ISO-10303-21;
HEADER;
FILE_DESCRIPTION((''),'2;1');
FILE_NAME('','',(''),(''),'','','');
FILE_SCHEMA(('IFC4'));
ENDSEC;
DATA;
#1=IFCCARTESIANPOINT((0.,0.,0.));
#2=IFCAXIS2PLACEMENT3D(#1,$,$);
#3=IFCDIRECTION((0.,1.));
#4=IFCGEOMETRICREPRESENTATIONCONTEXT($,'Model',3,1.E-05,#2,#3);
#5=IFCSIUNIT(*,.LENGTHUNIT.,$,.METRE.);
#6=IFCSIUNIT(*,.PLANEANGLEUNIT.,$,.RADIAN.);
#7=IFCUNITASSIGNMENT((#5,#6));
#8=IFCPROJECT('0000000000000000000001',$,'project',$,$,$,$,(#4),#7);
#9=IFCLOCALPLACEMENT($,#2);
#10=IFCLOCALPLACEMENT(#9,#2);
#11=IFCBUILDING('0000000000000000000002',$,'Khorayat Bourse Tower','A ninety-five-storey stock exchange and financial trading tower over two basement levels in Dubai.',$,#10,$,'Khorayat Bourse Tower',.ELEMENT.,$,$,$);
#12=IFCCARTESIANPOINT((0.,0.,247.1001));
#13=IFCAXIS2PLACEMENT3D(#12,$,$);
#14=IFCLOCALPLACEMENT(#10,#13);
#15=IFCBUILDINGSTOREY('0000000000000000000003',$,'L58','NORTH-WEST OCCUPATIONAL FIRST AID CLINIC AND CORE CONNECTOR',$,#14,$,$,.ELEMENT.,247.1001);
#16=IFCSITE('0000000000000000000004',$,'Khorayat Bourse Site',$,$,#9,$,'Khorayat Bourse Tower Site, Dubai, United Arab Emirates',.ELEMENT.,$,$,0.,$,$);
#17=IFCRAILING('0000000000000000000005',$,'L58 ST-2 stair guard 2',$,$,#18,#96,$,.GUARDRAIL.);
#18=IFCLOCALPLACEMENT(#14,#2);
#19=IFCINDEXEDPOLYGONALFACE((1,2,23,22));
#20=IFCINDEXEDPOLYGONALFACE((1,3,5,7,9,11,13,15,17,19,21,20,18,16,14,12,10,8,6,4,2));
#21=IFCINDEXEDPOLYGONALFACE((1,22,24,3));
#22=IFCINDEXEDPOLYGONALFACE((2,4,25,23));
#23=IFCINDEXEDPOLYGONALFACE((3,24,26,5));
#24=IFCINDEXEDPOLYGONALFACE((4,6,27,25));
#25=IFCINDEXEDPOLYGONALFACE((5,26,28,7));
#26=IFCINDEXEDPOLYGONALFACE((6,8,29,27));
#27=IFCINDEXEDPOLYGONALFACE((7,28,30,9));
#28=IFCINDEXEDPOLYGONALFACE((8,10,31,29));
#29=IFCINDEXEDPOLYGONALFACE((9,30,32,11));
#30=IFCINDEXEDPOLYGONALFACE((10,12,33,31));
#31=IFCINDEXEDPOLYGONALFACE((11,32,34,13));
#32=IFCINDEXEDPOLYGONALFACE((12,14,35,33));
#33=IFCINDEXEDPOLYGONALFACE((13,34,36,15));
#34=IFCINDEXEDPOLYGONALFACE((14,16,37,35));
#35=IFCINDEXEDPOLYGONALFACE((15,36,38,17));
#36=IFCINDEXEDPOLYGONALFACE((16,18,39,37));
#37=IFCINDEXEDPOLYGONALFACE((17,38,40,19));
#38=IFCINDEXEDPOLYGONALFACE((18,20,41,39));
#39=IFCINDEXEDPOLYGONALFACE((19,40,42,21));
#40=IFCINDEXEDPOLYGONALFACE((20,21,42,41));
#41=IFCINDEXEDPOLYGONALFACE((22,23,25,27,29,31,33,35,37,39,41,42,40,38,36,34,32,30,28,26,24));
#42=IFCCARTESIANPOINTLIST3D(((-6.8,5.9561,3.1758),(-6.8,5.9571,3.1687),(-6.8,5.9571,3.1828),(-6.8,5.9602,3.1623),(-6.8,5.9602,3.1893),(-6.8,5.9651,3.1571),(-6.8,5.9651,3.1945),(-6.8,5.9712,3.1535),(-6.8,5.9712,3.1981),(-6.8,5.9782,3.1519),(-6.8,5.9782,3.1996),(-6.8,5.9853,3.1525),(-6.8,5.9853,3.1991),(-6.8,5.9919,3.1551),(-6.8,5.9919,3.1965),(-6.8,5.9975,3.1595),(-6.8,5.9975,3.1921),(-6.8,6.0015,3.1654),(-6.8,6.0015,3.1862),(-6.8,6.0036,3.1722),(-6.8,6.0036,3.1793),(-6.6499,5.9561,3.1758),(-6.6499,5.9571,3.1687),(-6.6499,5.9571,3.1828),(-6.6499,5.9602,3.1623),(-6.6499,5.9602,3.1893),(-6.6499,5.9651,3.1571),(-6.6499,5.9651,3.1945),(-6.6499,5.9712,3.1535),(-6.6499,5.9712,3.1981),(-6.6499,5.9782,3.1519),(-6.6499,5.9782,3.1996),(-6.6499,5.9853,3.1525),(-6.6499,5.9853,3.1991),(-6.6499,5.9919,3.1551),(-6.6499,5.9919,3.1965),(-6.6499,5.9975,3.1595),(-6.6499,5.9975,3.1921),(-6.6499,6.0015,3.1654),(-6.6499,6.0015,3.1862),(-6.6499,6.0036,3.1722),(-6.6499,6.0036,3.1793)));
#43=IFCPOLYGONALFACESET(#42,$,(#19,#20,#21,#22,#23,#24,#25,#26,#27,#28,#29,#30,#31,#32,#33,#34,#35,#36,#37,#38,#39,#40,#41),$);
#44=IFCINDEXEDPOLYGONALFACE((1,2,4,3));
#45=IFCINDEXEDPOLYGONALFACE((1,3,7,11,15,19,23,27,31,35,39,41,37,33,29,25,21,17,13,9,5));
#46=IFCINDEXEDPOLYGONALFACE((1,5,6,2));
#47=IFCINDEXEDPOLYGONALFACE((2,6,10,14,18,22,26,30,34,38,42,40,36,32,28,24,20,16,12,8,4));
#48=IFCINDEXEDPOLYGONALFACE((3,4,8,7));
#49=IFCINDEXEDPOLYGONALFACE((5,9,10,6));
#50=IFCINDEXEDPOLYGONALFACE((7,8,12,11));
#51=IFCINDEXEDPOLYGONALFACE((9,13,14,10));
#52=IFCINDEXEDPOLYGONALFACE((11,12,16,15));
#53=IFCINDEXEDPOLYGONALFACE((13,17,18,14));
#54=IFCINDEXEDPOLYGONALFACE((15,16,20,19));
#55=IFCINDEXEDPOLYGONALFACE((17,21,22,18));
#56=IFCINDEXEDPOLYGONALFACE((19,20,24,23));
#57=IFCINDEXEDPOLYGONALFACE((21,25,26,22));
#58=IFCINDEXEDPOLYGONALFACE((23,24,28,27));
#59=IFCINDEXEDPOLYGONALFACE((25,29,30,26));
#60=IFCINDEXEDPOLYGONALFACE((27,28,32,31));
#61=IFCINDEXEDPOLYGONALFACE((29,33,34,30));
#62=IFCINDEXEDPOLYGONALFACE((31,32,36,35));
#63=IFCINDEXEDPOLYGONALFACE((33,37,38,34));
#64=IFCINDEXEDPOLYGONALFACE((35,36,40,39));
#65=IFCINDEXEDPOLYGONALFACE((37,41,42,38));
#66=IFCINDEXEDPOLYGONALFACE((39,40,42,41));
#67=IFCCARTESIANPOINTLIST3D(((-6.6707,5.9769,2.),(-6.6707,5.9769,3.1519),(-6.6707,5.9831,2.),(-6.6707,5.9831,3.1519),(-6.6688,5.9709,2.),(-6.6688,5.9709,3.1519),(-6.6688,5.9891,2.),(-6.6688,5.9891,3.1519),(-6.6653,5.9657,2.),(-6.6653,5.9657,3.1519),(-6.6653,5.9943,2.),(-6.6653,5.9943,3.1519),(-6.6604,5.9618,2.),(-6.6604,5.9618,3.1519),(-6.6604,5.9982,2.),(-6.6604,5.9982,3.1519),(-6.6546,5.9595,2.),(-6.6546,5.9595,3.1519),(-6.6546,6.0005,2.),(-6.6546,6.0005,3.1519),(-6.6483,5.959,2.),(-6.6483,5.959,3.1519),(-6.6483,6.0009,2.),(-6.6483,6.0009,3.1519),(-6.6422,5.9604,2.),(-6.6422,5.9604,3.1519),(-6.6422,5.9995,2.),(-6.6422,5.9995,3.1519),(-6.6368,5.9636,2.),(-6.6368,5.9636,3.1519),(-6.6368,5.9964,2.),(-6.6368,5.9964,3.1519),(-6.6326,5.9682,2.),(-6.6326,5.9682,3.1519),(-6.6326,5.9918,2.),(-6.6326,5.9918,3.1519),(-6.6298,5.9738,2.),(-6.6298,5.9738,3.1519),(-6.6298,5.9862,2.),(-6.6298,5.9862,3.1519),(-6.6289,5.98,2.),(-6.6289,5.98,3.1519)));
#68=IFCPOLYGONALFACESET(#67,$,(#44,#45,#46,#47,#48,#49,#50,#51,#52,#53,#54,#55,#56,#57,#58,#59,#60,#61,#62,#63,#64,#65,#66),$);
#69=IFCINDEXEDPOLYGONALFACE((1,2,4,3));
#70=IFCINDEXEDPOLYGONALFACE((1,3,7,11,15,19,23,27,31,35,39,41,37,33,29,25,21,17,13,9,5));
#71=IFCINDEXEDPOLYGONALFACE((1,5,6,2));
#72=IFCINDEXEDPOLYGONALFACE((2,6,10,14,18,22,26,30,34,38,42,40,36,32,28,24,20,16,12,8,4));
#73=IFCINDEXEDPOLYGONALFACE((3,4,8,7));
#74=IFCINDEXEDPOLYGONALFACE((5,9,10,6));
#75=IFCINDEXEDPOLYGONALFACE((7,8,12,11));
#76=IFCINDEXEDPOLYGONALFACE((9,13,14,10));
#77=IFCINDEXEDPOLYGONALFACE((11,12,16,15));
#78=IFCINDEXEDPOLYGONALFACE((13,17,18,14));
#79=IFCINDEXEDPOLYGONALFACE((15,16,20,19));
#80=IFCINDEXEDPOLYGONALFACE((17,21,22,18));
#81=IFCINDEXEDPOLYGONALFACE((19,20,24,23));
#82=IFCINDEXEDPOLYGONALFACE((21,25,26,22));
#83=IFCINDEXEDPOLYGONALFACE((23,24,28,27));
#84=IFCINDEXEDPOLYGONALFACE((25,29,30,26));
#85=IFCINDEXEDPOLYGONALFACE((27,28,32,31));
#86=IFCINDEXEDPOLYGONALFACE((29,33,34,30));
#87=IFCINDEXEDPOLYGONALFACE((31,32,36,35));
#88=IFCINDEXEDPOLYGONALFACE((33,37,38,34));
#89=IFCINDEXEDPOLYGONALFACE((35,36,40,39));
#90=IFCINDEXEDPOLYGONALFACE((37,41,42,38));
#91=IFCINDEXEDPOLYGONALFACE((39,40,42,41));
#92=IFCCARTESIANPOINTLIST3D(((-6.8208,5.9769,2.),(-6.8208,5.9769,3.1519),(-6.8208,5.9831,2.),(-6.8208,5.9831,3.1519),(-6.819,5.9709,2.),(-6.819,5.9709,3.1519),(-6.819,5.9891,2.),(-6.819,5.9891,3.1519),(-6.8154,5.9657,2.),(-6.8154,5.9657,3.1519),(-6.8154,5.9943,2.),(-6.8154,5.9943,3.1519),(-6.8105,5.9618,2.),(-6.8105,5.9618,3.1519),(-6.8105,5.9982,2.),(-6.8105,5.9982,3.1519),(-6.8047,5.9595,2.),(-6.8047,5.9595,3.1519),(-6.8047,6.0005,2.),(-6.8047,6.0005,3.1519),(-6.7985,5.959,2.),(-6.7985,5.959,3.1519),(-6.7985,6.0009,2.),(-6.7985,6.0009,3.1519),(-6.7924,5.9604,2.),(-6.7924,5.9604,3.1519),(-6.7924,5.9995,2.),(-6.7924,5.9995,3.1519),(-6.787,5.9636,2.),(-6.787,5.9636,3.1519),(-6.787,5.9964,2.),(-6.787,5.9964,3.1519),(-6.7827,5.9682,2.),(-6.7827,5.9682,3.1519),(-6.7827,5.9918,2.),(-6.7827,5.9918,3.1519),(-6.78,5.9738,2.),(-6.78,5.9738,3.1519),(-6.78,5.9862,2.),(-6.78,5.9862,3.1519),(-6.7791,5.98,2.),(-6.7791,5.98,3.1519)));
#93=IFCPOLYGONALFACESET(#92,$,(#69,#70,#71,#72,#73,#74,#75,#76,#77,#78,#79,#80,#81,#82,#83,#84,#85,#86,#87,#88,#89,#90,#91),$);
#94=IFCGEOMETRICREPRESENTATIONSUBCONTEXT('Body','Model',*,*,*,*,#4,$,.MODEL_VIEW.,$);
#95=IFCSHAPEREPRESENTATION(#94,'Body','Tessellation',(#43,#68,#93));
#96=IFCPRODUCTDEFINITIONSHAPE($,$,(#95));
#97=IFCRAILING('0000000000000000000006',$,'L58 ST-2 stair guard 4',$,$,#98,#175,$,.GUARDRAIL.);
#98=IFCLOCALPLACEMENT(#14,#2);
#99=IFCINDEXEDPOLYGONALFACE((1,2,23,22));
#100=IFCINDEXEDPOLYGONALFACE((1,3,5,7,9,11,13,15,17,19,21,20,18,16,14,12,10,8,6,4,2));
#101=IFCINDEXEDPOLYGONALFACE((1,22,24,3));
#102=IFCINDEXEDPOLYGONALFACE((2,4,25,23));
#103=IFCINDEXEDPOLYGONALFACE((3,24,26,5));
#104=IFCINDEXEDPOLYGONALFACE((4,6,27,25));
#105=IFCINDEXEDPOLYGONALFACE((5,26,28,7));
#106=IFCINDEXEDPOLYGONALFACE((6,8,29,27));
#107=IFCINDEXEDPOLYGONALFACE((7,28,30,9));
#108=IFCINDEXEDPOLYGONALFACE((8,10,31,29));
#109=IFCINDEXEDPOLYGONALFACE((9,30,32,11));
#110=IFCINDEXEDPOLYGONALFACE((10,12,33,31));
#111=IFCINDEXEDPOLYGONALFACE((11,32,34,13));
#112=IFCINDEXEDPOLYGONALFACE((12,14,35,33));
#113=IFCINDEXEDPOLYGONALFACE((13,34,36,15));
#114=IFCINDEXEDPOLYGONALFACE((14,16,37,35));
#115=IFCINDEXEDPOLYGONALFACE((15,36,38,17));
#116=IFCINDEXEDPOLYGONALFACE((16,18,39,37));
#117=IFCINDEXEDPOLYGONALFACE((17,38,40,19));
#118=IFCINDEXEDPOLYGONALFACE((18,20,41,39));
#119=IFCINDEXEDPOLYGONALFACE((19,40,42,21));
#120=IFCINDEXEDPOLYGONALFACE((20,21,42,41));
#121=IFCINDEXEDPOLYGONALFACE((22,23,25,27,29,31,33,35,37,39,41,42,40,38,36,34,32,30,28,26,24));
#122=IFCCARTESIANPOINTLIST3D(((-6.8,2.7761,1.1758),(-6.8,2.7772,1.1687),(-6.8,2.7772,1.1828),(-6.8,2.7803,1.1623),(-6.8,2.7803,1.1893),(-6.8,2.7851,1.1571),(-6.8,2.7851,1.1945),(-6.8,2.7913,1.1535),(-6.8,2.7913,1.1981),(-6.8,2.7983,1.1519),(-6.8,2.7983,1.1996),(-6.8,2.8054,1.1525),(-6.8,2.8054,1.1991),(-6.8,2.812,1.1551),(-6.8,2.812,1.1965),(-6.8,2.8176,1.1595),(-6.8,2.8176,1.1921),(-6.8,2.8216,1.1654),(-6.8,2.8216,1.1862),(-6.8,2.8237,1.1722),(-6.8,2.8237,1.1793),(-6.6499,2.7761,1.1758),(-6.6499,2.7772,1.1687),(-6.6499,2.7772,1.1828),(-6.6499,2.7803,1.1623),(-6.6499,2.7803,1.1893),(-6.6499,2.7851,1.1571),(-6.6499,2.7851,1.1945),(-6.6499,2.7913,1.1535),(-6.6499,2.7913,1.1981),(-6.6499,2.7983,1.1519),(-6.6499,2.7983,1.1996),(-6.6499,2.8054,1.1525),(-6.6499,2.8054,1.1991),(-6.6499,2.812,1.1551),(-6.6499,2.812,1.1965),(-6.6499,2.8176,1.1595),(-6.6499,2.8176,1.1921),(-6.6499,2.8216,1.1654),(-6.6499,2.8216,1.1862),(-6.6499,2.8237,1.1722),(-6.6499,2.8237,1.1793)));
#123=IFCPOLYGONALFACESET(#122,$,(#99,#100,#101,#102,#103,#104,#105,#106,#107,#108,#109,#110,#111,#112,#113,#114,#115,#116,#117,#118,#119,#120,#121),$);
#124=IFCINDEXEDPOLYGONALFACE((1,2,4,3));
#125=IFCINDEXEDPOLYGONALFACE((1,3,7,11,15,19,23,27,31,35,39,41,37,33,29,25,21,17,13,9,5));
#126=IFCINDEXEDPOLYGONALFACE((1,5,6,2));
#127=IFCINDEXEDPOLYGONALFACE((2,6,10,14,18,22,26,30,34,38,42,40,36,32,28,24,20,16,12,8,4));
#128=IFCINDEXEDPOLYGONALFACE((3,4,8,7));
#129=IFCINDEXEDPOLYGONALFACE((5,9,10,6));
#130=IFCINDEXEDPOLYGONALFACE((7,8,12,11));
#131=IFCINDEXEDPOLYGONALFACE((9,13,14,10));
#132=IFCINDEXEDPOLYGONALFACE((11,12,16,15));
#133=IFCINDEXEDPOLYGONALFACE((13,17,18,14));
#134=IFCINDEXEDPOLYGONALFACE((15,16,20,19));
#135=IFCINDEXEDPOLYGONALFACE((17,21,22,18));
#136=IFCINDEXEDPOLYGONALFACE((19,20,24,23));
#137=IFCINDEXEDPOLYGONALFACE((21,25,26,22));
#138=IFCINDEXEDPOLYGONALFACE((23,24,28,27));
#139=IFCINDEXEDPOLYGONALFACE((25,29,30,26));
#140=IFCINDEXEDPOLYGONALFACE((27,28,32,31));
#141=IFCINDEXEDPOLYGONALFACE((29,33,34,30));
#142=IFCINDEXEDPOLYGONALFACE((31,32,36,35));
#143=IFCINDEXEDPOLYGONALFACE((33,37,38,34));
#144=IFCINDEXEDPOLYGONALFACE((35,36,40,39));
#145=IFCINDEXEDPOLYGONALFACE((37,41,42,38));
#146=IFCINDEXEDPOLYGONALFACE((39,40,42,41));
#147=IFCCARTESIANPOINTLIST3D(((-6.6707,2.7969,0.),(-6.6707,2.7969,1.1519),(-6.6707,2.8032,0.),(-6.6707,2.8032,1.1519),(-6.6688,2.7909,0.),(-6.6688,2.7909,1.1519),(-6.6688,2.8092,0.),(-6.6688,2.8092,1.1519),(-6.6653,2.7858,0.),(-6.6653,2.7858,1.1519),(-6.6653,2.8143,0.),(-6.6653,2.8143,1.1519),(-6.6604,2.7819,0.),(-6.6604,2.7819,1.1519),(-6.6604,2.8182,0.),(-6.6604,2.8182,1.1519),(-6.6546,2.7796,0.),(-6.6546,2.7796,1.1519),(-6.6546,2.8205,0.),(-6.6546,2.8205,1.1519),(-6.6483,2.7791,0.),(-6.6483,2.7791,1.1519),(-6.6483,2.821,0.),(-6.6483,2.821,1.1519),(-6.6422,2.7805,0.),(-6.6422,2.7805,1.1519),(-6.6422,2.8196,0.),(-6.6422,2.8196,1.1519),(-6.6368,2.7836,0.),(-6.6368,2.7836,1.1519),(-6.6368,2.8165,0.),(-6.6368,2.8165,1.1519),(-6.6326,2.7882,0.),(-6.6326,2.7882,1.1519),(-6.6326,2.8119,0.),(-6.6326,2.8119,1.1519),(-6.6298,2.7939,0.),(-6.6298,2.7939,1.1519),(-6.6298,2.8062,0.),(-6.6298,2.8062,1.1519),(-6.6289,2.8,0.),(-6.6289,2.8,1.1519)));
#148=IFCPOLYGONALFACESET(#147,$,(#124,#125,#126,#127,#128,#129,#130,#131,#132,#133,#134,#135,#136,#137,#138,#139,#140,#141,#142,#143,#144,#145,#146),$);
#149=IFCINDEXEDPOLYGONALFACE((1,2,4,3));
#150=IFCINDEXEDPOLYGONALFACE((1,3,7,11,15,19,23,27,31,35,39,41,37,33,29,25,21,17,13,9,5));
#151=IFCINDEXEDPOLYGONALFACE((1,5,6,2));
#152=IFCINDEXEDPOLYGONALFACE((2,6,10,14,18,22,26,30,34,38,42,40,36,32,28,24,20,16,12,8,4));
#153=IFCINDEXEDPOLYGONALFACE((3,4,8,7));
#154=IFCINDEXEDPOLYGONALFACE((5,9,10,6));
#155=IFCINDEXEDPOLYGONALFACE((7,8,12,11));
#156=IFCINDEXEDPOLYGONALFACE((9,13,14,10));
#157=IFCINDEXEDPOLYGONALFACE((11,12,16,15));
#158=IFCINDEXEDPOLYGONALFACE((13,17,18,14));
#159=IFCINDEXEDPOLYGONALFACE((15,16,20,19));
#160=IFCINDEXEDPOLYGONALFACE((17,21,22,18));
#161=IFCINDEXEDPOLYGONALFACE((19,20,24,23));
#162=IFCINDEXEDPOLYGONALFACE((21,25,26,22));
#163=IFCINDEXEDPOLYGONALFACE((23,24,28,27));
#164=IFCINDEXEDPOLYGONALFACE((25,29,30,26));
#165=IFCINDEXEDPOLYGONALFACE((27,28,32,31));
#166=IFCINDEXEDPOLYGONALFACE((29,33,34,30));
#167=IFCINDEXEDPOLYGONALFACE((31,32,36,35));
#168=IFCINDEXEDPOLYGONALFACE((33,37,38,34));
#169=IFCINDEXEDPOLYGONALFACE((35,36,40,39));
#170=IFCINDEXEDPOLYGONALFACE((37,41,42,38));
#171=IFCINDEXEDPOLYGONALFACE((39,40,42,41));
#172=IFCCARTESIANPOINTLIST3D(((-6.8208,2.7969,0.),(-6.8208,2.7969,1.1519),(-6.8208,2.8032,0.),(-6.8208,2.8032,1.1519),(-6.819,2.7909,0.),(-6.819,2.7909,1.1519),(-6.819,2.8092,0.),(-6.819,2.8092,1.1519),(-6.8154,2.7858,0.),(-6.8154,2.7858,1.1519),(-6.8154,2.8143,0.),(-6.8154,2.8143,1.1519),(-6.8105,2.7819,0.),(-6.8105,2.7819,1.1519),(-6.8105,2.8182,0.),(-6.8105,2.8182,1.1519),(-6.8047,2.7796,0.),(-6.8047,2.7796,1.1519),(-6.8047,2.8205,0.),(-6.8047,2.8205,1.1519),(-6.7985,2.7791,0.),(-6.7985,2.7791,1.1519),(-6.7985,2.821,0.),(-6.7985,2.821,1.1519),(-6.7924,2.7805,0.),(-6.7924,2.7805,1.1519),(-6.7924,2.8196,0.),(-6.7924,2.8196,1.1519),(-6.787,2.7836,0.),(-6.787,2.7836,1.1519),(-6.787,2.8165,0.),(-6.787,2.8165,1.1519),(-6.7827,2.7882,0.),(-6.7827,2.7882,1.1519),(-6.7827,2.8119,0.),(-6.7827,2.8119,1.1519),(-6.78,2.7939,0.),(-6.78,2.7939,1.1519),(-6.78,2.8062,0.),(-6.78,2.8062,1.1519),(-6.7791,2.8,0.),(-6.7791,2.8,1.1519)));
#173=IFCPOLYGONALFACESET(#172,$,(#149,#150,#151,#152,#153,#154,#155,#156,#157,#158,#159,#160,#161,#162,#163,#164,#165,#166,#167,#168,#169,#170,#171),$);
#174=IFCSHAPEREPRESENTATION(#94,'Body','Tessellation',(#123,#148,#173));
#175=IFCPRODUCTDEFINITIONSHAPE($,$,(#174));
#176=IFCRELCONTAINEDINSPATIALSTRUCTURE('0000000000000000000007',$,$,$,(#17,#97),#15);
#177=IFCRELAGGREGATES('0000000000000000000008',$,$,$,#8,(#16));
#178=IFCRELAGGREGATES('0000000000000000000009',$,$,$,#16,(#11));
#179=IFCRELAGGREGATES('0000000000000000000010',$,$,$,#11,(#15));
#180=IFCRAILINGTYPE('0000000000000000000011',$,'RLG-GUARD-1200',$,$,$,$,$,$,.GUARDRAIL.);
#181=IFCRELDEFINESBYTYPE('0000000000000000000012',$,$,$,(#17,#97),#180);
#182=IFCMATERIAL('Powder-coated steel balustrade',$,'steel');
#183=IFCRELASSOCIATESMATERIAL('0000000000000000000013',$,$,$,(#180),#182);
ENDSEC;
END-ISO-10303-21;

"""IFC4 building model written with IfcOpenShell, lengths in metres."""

from ifc_helpers import new_model, si_unit, direction, frame, origin, origin_2d, place, context, subcontext, project, spatial, circle, extrude, source, transform, mapped, material, type_object, element, save


model = new_model("IFC4")

# Units and contexts
model_context = context("Model", 3, precision=1e-05, world=origin(), true_north=direction((0.0, 1.0)))
body_context = subcontext(model_context, "Body", "Model", "MODEL_VIEW")
ifc_project = project(units=[si_unit("LENGTHUNIT", "METRE"), si_unit("PLANEANGLEUNIT", "RADIAN")], contexts=[model_context])

# Site, building, storey
site_placement = place(None, origin())
site = spatial("IfcSite", under=ifc_project, at=site_placement, Name="Khorayat Bourse Site", LongName="Khorayat Bourse Tower Site, Dubai, United Arab Emirates", CompositionType="ELEMENT", RefElevation=0.0)
building_placement = place(site_placement, origin())
building = spatial("IfcBuilding", under=site, at=building_placement, Name="Khorayat Bourse Tower", Description="A ninety-five-storey stock exchange and financial trading tower over two basement levels in Dubai.", LongName="Khorayat Bourse Tower", CompositionType="ELEMENT")
storey_placement = place(building_placement, frame((0.0, 0.0, 247.1001)))
storey = spatial("IfcBuildingStorey", under=building, at=storey_placement, Name="L58", Description="NORTH-WEST OCCUPATIONAL FIRST AID CLINIC AND CORE CONNECTOR", CompositionType="ELEMENT", Elevation=247.1001)

# Railings
ifc_material_1 = material(Name="Powder-coated steel balustrade", Category="steel")
railing_type_1 = type_object("IfcRailingType", Name="RLG-GUARD-1200", PredefinedType="GUARDRAIL", material=ifc_material_1)
shared_shape_1 = source(origin(), body_context, "Body", "SweptSolid", [
    extrude(circle(Radius=0.0239, at=origin_2d()), frame((0.0, 0.0, 1.1758), z_axis=(-1.0, 0.0, 0.0), x_axis=(0.0, -1.0, 0.0)), (0.0, 0.0, 1.0), 0.1501),
    extrude(circle(Radius=0.021, at=origin_2d()), origin(), (0.0, 0.0, 1.0), 1.1519),
    extrude(circle(Radius=0.021, at=origin_2d()), frame((-0.1501, 0.0, 0.0)), (0.0, 0.0, 1.0), 1.1519),
])
for number, where, name in (
    (1, (-6.6499, 5.98, 2.0), "L58 ST-2 stair guard 2"),
    (2, (-6.6499, 2.8, 0.0), "L58 ST-2 stair guard 4"),
):
    element("IfcRailing", number, at=place(storey_placement, frame(where)), inside=storey, type_object=railing_type_1, Name=name, PredefinedType="GUARDRAIL", context=body_context, shape_type="MappedRepresentation", body=[
        mapped(shared_shape_1, transform((0.0, 0.0, 0.0), scale=1.0)),
    ])

save(model, "model.ifc")
